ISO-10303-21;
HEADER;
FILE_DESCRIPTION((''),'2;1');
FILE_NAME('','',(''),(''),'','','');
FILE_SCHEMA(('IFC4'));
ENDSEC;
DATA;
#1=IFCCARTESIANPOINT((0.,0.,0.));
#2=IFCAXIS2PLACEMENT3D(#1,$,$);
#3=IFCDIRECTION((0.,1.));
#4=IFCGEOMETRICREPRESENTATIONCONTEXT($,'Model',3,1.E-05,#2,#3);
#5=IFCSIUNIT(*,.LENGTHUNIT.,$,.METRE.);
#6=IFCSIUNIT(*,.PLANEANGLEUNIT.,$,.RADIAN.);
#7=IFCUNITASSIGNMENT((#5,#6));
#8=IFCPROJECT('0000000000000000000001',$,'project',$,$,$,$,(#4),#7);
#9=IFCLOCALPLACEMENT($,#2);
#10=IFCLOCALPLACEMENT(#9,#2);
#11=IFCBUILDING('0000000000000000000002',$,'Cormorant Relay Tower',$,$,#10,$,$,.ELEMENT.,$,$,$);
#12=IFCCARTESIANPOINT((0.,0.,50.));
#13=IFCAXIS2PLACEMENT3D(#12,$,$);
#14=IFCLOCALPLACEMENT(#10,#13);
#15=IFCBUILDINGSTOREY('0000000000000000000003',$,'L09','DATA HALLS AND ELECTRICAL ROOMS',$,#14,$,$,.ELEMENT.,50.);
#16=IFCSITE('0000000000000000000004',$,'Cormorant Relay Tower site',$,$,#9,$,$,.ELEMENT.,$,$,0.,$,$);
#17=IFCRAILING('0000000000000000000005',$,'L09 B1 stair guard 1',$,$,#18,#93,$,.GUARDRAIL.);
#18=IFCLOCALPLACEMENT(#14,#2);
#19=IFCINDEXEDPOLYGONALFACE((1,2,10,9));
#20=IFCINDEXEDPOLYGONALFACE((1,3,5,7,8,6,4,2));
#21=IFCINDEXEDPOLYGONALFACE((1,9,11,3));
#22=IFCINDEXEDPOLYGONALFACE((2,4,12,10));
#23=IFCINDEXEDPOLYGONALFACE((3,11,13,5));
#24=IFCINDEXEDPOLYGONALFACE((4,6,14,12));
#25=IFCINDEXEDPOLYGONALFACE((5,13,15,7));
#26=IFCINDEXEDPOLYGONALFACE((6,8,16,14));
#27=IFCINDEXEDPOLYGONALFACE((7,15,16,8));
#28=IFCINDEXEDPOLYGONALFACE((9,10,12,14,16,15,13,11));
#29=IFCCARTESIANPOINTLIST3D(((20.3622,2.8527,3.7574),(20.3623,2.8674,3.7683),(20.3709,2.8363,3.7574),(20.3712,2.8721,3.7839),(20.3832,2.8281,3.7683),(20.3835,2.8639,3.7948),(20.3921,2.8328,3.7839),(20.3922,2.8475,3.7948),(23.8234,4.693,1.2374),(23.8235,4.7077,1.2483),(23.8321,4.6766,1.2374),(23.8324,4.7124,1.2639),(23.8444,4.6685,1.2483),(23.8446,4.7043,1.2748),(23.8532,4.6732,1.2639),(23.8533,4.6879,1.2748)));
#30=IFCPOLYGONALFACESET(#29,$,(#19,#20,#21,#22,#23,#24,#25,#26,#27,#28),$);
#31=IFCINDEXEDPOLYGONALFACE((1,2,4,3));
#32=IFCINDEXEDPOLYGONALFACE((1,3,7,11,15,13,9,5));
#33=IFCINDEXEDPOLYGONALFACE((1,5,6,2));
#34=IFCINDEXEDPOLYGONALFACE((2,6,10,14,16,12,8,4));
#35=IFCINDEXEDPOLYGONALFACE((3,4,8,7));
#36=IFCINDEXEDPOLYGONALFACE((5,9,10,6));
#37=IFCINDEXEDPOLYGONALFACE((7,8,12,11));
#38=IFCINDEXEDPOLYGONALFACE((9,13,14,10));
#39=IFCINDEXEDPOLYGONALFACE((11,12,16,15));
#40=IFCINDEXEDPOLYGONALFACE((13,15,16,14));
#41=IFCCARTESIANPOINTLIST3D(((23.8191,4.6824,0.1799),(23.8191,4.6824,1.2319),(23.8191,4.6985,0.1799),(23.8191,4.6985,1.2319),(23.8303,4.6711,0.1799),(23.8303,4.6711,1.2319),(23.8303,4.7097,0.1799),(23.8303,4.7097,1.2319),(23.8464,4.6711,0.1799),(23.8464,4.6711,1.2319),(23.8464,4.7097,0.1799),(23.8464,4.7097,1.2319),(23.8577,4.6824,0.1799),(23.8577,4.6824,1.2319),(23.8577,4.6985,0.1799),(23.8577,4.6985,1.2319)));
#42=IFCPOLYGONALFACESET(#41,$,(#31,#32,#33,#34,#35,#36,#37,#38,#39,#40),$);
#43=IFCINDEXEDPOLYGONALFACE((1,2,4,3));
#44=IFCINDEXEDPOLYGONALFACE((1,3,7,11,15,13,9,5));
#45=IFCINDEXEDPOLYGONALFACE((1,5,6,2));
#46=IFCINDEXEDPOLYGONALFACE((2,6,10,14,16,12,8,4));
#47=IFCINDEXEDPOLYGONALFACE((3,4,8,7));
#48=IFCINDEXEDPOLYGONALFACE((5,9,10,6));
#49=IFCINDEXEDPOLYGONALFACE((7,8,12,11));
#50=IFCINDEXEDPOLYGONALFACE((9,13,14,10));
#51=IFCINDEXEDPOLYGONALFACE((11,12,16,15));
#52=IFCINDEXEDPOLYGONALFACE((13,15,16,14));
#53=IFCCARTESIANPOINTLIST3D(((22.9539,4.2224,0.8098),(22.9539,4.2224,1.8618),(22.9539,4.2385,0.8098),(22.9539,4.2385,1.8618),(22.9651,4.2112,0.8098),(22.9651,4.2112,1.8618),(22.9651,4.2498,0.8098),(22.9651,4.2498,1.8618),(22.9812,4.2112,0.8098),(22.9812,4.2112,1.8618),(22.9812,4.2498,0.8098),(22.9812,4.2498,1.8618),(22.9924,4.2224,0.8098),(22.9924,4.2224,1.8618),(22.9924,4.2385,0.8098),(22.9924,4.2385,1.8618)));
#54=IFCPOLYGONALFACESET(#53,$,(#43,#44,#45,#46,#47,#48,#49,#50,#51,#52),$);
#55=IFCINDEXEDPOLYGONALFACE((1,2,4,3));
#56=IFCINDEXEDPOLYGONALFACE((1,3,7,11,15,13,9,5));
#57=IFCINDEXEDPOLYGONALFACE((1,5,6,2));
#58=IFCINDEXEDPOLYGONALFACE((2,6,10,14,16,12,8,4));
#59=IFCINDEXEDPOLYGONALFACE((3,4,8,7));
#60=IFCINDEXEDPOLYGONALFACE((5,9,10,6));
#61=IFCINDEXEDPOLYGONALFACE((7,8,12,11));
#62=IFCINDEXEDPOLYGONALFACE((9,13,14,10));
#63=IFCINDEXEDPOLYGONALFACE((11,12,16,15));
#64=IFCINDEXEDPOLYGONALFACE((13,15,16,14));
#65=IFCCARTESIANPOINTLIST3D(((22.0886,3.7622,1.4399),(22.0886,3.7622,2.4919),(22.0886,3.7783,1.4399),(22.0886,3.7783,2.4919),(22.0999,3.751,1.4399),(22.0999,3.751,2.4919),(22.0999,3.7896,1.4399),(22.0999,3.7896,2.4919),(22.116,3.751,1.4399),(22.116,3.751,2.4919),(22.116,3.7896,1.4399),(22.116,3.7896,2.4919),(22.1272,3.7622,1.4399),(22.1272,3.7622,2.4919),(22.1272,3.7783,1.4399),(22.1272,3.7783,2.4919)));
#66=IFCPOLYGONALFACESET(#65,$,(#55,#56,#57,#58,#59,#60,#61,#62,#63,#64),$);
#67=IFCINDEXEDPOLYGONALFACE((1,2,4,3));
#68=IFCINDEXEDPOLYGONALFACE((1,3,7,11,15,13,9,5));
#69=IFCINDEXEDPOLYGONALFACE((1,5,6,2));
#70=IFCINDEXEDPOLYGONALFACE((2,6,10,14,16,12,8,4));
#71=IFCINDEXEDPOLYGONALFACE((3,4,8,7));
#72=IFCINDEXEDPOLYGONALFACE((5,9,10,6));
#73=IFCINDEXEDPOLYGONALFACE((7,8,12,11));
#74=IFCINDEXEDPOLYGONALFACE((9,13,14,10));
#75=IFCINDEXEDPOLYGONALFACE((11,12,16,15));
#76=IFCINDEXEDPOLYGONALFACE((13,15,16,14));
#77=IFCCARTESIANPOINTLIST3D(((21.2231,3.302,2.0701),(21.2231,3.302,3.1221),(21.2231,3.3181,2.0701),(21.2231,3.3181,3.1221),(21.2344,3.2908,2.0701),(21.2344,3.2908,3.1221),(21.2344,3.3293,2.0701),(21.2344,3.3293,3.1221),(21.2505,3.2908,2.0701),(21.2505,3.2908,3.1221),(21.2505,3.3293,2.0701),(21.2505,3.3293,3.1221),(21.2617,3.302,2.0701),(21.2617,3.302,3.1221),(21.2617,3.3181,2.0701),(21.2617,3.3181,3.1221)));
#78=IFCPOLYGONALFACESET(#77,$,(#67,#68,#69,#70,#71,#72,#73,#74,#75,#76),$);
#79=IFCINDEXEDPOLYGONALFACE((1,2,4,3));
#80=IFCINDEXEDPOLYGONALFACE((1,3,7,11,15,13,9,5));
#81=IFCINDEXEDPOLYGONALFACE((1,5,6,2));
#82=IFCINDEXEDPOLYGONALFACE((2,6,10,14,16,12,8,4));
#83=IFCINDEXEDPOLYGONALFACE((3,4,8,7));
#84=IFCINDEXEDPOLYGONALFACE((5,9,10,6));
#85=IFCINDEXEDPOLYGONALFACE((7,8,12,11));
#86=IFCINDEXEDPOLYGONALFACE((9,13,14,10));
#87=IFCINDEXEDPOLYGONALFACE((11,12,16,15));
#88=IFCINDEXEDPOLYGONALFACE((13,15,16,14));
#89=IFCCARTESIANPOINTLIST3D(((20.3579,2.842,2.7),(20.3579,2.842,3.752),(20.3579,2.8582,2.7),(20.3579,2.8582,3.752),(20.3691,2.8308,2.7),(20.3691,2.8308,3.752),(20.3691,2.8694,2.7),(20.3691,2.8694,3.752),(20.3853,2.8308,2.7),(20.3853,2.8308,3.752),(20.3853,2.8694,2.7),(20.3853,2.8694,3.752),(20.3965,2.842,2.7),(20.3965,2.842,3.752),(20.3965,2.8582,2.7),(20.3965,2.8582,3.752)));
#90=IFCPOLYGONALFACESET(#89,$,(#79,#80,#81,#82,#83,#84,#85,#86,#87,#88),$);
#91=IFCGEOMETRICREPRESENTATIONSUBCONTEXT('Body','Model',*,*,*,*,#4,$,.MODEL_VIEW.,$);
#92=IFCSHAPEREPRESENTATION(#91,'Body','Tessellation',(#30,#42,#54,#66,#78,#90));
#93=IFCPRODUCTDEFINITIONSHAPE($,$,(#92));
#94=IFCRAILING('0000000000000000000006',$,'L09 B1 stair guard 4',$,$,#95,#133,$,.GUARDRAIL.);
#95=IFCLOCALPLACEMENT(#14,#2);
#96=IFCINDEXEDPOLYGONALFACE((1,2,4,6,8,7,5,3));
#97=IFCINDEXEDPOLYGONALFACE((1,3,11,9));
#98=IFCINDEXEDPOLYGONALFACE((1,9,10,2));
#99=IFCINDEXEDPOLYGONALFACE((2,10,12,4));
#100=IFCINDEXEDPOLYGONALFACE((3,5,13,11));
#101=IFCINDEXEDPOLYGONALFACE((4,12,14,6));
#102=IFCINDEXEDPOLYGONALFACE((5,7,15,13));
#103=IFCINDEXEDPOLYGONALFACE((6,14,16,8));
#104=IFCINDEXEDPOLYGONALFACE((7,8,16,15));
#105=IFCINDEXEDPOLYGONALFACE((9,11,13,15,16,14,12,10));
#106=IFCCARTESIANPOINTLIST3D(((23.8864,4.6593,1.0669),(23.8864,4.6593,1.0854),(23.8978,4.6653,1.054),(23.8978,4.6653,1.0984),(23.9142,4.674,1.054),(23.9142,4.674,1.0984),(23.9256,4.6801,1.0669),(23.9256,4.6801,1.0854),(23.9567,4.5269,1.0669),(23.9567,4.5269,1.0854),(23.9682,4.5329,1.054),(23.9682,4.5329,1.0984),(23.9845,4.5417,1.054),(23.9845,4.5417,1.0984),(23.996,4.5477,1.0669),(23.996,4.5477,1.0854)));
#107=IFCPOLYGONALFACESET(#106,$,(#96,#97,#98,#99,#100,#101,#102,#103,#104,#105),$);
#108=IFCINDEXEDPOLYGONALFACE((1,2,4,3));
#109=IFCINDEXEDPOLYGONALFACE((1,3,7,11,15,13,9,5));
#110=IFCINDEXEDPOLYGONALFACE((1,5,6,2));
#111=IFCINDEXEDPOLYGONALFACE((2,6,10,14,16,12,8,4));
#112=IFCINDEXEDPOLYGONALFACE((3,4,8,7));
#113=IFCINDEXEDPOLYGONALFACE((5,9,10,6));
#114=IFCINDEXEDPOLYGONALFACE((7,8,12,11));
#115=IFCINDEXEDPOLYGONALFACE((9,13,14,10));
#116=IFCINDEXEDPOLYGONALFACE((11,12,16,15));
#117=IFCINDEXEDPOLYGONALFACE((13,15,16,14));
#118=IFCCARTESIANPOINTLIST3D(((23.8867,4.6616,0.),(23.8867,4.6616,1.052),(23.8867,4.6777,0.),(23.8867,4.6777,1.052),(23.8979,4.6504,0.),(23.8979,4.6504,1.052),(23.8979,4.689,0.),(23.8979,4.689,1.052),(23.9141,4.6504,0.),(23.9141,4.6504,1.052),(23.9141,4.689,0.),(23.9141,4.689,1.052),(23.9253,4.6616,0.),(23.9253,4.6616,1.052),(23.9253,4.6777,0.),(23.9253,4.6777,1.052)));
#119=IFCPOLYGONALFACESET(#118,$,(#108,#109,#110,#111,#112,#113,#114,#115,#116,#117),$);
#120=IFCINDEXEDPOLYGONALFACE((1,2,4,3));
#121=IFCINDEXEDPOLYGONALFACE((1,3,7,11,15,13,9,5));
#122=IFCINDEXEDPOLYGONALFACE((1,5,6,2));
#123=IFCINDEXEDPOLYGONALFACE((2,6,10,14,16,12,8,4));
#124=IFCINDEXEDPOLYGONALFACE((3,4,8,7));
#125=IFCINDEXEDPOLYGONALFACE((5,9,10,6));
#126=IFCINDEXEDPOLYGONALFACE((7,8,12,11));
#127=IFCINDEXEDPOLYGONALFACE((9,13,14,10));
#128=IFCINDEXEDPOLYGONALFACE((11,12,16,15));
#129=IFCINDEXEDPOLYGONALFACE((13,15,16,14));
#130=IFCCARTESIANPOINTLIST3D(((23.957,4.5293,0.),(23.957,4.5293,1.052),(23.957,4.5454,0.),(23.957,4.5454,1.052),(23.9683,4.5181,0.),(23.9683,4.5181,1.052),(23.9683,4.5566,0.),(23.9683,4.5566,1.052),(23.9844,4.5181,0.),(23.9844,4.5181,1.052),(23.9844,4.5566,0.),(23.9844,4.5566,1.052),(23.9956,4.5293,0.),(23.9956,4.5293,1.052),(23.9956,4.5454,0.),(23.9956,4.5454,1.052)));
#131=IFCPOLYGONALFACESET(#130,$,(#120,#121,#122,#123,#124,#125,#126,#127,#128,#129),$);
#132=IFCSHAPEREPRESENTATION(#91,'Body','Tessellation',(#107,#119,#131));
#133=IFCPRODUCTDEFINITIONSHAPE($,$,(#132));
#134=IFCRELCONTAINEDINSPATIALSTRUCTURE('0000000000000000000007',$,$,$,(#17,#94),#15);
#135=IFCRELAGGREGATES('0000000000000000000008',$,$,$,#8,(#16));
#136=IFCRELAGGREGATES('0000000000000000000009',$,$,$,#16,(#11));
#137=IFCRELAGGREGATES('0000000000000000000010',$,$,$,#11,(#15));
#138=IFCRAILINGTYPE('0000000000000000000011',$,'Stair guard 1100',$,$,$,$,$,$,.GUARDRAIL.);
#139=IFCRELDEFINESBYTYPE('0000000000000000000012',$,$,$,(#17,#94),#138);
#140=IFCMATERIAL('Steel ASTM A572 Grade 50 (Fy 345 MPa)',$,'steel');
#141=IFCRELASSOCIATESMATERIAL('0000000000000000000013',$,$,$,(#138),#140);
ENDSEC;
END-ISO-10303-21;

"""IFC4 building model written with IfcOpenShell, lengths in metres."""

from ifc_helpers import new_model, si_unit, direction, frame, origin, place, context, subcontext, project, spatial, polyline, outline, extrude, material, type_object, element, save


model = new_model("IFC4")

# Units and contexts
model_context = context("Model", 3, precision=1e-05, world=origin(), true_north=direction((0.0, 1.0)))
body_context = subcontext(model_context, "Body", "Model", "MODEL_VIEW")
ifc_project = project(units=[si_unit("LENGTHUNIT", "METRE"), si_unit("PLANEANGLEUNIT", "RADIAN")], contexts=[model_context])

# Site, building, storey
site_placement = place(None, origin())
site = spatial("IfcSite", under=ifc_project, at=site_placement, Name="Cormorant Relay Tower site", CompositionType="ELEMENT", RefElevation=0.0)
building_placement = place(site_placement, origin())
building = spatial("IfcBuilding", under=site, at=building_placement, Name="Cormorant Relay Tower", CompositionType="ELEMENT")
storey_placement = place(building_placement, frame((0.0, 0.0, 50.0)))
storey = spatial("IfcBuildingStorey", under=building, at=storey_placement, Name="L09", Description="DATA HALLS AND ELECTRICAL ROOMS", CompositionType="ELEMENT", Elevation=50.0)

# Railings
ifc_material_1 = material(Name="Steel ASTM A572 Grade 50 (Fy 345 MPa)", Category="steel")
railing_type_1 = type_object("IfcRailingType", Name="Stair guard 1100", PredefinedType="GUARDRAIL", material=ifc_material_1)
railing_1_placement = place(storey_placement, frame((23.8384, 4.6904, 0.1799)))
element("IfcRailing", 1, at=railing_1_placement, inside=storey, type_object=railing_type_1, Name="L09 B1 stair guard 1", PredefinedType="GUARDRAIL", context=body_context, shape_type="SweptSolid", body=[
    extrude(outline(polyline([(0.0222, 0.0093), (0.0093, 0.0222), (-0.0093, 0.0222), (-0.0222, 0.0093), (-0.0222, -0.0093), (-0.0093, -0.0222), (0.0093, -0.0222), (0.0222, -0.0093), (0.0222, 0.0093)])), frame((0.0, 0.0, 1.0762), z_axis=(-0.742717, -0.394907, 0.540758), x_axis=(0.469469, -0.882949, 0.0)), (0.0, 0.0, 1.0), 4.6602),
    extrude(outline(polyline([(0.0193, 0.0081), (0.0081, 0.0193), (-0.0081, 0.0193), (-0.0193, 0.0081), (-0.0193, -0.0081), (-0.0081, -0.0193), (0.0081, -0.0193), (0.0193, -0.0081), (0.0193, 0.0081)])), origin(), (0.0, 0.0, 1.0), 1.052),
    extrude(outline(polyline([(0.0193, 0.0081), (0.0081, 0.0193), (-0.0081, 0.0193), (-0.0193, 0.0081), (-0.0193, -0.0081), (-0.0081, -0.0193), (0.0081, -0.0193), (0.0193, -0.0081), (0.0193, 0.0081)])), frame((-0.8652, -0.46, 0.6299)), (0.0, 0.0, 1.0), 1.052),
    extrude(outline(polyline([(0.0193, 0.0081), (0.0081, 0.0193), (-0.0081, 0.0193), (-0.0193, 0.0081), (-0.0193, -0.0081), (-0.0081, -0.0193), (0.0081, -0.0193), (0.0193, -0.0081), (0.0193, 0.0081)])), frame((-1.7305, -0.9202, 1.26)), (0.0, 0.0, 1.0), 1.052),
    extrude(outline(polyline([(0.0193, 0.0081), (0.0081, 0.0193), (-0.0081, 0.0193), (-0.0193, 0.0081), (-0.0193, -0.0081), (-0.0081, -0.0193), (0.0081, -0.0193), (0.0193, -0.0081), (0.0193, 0.0081)])), frame((-2.5959, -1.3804, 1.8901)), (0.0, 0.0, 1.0), 1.052),
    extrude(outline(polyline([(0.0193, 0.0081), (0.0081, 0.0193), (-0.0081, 0.0193), (-0.0193, 0.0081), (-0.0193, -0.0081), (-0.0081, -0.0193), (0.0081, -0.0193), (0.0193, -0.0081), (0.0193, 0.0081)])), frame((-3.4612, -1.8403, 2.52)), (0.0, 0.0, 1.0), 1.052),
])
railing_2_placement = place(storey_placement, frame((23.906, 4.6697, 0.0)))
element("IfcRailing", 2, at=railing_2_placement, inside=storey, type_object=railing_type_1, Name="L09 B1 stair guard 4", PredefinedType="GUARDRAIL", context=body_context, shape_type="SweptSolid", body=[
    extrude(outline(polyline([(0.0222, 0.0093), (0.0093, 0.0222), (-0.0093, 0.0222), (-0.0222, 0.0093), (-0.0222, -0.0093), (-0.0093, -0.0222), (0.0093, -0.0222), (0.0222, -0.0093), (0.0222, 0.0093)])), frame((0.0, 0.0, 1.0762), z_axis=(0.469235, -0.883074, 0.0), x_axis=(0.883074, 0.469235, 0.0)), (0.0, 0.0, 1.0), 0.1499),
    extrude(outline(polyline([(0.0193, 0.0081), (0.0081, 0.0193), (-0.0081, 0.0193), (-0.0193, 0.0081), (-0.0193, -0.0081), (-0.0081, -0.0193), (0.0081, -0.0193), (0.0193, -0.0081), (0.0193, 0.0081)])), origin(), (0.0, 0.0, 1.0), 1.052),
    extrude(outline(polyline([(0.0193, 0.0081), (0.0081, 0.0193), (-0.0081, 0.0193), (-0.0193, 0.0081), (-0.0193, -0.0081), (-0.0081, -0.0193), (0.0081, -0.0193), (0.0193, -0.0081), (0.0193, 0.0081)])), frame((0.0703, -0.1323, 0.0)), (0.0, 0.0, 1.0), 1.052),
])

save(model, "model.ifc")
